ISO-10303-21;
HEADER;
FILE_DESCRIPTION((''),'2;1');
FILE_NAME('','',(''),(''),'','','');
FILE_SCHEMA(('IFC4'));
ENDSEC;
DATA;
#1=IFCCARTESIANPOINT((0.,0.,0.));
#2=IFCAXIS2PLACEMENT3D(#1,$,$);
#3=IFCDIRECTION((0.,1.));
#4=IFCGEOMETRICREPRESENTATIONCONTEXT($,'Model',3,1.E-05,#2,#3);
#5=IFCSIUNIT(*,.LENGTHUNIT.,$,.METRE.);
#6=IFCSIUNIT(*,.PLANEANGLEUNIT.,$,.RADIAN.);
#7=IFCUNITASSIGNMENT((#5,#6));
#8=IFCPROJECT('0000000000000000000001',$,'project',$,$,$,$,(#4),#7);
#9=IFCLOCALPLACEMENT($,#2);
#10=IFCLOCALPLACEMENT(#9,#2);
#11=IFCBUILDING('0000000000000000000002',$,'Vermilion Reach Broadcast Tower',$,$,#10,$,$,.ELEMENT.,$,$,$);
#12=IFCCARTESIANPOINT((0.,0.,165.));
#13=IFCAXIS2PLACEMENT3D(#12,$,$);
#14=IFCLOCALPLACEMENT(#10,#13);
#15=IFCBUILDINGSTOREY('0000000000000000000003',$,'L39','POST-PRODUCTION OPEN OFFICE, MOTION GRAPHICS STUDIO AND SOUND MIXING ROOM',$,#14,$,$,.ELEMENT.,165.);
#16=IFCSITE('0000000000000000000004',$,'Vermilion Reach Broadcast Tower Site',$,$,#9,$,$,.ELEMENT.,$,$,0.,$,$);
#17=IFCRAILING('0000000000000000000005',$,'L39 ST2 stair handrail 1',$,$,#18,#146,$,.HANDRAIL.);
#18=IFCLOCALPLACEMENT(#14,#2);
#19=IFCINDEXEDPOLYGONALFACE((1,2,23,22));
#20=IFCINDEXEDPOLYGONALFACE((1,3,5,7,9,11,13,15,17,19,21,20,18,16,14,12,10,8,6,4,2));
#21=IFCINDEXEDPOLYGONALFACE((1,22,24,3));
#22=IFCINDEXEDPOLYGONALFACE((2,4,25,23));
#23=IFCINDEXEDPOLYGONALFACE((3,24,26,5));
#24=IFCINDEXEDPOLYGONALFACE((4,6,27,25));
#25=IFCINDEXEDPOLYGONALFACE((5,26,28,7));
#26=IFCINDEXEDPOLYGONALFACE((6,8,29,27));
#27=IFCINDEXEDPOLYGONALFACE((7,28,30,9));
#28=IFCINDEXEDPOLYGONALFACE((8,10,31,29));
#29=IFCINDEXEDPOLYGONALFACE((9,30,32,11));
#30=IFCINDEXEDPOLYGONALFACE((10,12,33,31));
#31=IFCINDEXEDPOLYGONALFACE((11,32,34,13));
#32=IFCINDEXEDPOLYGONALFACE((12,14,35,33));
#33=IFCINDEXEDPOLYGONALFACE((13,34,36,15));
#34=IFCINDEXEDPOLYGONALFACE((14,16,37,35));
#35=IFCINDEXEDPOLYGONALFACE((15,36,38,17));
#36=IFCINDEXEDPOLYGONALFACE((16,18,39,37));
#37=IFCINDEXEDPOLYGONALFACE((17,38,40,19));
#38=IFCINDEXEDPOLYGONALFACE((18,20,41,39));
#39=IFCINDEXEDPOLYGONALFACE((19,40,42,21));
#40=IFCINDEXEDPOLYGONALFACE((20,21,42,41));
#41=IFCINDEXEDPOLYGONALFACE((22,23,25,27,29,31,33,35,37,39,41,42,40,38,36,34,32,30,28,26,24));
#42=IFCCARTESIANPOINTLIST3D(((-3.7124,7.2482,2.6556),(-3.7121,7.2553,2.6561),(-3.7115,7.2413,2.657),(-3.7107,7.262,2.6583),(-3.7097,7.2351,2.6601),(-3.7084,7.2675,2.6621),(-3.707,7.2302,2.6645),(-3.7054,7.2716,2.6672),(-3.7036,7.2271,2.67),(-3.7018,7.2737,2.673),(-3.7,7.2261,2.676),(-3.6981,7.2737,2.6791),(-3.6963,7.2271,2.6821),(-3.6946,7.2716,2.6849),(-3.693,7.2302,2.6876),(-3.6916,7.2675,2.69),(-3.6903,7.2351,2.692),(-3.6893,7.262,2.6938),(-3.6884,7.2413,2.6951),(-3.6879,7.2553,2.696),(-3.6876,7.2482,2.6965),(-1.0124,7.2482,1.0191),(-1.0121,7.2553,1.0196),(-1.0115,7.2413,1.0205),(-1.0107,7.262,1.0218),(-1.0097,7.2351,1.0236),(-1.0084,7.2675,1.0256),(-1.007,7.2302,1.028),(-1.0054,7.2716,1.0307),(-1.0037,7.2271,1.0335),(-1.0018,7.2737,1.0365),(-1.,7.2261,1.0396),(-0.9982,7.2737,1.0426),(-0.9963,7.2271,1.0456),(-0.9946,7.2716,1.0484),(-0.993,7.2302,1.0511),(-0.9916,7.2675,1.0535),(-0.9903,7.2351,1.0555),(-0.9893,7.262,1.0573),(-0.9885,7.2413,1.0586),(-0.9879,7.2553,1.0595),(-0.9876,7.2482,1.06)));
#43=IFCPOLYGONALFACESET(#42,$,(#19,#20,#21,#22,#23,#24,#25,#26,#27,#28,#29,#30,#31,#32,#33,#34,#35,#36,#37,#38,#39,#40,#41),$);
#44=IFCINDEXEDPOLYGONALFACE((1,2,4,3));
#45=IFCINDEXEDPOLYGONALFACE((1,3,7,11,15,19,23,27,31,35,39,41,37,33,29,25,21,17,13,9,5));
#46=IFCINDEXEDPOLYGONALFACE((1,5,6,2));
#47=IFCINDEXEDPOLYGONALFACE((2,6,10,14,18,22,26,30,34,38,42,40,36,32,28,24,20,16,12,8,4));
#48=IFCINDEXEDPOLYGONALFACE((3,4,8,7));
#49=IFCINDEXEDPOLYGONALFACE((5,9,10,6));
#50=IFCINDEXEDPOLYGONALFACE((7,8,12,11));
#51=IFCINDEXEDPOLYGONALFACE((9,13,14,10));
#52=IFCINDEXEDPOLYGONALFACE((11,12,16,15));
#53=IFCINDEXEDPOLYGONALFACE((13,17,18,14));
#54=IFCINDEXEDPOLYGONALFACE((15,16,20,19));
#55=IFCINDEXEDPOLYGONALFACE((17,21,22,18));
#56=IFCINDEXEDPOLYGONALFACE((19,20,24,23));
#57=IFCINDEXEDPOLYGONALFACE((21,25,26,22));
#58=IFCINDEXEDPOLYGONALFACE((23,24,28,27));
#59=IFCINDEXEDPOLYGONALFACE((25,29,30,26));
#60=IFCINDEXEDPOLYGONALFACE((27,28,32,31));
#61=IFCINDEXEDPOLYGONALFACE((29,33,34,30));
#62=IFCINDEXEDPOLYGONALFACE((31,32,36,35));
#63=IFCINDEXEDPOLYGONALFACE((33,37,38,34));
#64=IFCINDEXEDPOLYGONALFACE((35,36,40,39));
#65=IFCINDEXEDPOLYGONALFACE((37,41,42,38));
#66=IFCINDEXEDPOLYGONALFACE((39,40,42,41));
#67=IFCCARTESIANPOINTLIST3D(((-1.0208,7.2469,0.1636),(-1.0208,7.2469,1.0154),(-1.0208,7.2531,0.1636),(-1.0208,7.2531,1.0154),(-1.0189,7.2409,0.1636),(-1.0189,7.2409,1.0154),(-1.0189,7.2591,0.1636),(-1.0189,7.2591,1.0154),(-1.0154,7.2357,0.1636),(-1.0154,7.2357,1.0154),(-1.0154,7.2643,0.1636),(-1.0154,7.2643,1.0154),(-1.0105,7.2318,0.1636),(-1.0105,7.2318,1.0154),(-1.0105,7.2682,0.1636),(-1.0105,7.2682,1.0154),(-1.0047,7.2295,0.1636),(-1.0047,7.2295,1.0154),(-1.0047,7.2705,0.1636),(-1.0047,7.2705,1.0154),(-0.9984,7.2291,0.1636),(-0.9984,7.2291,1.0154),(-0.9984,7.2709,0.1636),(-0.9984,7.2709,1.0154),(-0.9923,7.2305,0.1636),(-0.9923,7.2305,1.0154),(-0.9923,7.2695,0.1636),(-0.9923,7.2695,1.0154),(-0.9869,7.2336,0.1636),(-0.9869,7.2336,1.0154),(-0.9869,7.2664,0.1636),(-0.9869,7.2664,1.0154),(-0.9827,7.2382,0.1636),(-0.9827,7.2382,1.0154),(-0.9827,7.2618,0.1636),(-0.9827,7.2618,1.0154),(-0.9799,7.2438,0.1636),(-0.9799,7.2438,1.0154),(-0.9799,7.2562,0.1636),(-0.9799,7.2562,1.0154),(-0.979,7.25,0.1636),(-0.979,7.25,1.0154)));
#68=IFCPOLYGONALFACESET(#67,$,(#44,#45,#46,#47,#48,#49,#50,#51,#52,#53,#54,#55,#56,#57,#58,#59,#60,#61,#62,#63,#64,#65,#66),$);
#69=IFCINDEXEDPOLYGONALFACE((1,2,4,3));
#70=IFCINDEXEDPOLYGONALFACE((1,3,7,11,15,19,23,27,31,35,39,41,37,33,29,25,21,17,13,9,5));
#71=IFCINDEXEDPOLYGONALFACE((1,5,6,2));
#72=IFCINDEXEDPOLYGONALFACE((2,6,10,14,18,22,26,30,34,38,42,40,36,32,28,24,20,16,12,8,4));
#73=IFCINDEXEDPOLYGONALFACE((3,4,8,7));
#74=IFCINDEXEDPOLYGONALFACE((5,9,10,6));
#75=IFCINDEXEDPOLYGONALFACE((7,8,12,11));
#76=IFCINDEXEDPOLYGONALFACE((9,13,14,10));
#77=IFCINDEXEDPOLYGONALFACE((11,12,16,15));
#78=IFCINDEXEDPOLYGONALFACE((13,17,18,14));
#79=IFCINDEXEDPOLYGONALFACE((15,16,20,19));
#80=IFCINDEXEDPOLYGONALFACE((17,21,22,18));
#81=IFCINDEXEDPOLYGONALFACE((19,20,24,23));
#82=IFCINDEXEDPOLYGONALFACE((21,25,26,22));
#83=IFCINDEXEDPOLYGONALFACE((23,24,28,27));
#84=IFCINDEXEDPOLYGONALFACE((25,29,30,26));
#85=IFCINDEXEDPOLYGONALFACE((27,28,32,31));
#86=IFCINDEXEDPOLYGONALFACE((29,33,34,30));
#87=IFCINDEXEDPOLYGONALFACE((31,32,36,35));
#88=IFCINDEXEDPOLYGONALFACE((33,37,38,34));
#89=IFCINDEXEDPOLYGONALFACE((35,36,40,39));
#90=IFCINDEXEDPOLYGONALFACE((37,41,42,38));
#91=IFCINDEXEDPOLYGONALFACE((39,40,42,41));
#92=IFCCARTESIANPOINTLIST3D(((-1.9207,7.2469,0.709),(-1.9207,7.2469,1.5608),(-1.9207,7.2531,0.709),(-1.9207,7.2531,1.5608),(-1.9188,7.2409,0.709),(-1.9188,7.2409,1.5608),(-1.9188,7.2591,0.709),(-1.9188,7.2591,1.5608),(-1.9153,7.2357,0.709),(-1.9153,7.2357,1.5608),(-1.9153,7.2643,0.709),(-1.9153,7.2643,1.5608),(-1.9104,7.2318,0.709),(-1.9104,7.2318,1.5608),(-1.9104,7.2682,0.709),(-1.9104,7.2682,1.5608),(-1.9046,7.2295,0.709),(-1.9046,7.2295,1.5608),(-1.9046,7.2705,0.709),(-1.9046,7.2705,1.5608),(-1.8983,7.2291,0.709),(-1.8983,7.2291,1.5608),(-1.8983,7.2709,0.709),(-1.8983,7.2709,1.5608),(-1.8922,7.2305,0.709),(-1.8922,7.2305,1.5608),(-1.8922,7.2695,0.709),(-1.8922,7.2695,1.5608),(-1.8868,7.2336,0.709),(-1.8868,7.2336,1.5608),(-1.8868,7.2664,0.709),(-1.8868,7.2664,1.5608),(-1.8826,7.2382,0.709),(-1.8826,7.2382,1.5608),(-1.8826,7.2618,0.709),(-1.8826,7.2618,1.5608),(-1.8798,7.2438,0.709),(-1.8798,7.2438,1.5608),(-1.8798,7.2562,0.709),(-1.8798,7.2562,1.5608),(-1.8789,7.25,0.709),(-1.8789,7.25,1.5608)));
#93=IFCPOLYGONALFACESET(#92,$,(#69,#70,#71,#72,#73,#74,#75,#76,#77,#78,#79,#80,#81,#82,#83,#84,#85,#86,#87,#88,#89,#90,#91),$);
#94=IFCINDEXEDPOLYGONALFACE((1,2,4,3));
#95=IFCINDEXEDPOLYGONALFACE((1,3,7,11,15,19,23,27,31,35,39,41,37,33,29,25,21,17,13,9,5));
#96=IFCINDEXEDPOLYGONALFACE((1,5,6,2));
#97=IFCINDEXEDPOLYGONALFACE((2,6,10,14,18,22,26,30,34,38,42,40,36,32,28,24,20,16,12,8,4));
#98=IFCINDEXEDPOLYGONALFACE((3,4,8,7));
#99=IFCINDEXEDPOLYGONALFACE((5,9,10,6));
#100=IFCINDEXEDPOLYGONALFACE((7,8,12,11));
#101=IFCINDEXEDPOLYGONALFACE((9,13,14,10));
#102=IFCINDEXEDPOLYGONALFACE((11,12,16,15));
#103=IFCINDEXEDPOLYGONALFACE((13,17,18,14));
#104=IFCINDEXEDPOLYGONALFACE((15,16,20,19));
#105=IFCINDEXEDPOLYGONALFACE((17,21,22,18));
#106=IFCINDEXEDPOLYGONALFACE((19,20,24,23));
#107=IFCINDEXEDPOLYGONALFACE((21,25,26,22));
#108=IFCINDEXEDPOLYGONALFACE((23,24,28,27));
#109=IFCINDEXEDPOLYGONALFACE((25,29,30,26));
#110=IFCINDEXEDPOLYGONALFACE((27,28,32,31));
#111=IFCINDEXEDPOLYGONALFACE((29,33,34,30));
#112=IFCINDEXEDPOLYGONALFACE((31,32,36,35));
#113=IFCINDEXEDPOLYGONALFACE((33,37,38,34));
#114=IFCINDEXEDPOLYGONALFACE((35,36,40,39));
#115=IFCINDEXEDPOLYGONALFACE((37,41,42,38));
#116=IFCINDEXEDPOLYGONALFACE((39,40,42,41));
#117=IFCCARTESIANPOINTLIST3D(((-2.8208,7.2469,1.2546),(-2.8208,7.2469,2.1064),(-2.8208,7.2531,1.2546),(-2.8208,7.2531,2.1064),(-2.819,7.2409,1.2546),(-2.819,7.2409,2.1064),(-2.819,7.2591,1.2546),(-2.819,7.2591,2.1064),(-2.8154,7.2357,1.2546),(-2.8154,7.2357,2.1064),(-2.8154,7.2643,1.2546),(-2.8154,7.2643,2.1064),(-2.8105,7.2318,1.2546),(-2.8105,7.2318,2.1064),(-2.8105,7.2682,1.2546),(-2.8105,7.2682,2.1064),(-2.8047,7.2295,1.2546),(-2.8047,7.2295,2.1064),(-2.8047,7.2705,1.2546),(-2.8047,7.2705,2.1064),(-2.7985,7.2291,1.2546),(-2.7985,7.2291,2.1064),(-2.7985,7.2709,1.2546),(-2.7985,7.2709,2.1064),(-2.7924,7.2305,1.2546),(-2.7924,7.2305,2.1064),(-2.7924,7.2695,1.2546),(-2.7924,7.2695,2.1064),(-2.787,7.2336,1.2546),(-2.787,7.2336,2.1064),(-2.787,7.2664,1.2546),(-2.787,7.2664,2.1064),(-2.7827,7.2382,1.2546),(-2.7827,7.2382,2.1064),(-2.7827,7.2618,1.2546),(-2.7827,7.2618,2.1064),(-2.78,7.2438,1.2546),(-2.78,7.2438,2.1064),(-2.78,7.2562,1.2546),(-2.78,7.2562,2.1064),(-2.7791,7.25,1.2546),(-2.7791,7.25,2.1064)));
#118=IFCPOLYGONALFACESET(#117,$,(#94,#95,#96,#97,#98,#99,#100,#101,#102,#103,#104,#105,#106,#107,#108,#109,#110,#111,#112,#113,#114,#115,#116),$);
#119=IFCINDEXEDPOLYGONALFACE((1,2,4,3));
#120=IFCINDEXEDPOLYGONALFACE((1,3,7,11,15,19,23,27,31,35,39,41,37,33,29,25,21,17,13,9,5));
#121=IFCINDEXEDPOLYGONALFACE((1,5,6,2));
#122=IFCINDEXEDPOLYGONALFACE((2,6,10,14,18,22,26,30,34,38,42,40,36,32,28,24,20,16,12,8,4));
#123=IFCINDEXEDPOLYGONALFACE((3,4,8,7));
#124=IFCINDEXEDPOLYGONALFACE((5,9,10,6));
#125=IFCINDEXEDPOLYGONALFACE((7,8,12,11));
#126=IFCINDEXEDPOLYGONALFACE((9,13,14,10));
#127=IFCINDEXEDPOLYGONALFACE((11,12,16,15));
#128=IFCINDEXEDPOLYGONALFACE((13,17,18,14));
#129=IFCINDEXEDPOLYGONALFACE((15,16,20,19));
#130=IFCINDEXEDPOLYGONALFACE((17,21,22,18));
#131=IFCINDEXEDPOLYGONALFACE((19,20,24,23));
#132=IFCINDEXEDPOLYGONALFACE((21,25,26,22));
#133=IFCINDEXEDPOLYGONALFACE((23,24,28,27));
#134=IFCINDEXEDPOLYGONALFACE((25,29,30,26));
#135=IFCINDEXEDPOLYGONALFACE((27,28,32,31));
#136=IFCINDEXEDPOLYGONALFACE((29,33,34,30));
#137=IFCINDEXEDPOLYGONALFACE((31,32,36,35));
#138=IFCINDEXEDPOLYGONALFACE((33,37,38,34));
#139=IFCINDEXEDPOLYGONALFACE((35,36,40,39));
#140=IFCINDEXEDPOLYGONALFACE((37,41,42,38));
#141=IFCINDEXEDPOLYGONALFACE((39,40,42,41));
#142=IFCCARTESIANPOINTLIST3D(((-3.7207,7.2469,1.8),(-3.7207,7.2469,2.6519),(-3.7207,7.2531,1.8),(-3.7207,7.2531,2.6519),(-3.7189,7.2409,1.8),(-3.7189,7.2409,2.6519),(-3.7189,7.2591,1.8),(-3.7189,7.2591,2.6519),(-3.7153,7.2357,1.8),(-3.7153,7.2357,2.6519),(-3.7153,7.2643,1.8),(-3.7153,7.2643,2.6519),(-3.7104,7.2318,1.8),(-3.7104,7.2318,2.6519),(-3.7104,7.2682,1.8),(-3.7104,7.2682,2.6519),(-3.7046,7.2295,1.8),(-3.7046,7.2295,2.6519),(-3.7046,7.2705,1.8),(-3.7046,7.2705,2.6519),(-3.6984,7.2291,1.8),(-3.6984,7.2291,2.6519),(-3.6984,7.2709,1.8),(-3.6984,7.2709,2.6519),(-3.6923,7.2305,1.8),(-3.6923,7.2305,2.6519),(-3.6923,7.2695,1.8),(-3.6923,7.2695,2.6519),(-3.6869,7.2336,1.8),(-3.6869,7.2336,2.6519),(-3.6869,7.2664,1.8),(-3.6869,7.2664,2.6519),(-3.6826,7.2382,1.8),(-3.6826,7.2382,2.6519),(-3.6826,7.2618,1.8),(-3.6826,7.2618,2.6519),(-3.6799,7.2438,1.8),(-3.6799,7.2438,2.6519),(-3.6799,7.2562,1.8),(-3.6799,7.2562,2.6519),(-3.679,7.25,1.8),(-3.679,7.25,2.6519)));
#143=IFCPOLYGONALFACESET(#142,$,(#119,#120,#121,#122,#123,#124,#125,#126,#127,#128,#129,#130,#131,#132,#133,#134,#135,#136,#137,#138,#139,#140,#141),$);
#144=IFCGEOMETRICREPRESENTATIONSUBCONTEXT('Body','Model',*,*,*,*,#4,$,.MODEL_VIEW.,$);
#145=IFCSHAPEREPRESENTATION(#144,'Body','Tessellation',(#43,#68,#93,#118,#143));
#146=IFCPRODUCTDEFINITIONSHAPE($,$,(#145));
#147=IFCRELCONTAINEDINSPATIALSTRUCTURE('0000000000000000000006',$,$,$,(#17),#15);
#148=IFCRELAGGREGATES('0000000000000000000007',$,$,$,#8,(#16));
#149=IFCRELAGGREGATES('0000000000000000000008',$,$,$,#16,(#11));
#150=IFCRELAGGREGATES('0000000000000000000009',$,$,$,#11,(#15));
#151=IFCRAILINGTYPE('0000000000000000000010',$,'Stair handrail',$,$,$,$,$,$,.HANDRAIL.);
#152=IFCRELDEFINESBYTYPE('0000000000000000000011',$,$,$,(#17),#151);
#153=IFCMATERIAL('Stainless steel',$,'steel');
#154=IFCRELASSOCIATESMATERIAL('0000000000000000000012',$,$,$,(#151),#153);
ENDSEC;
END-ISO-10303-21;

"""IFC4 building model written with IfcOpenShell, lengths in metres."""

from ifc_helpers import new_model, si_unit, direction, frame, origin, origin_2d, place, context, subcontext, project, spatial, circle, extrude, material, type_object, element, save


model = new_model("IFC4")

# Units and contexts
model_context = context("Model", 3, precision=1e-05, world=origin(), true_north=direction((0.0, 1.0)))
body_context = subcontext(model_context, "Body", "Model", "MODEL_VIEW")
ifc_project = project(units=[si_unit("LENGTHUNIT", "METRE"), si_unit("PLANEANGLEUNIT", "RADIAN")], contexts=[model_context])

# Site, building, storey
site_placement = place(None, origin())
site = spatial("IfcSite", under=ifc_project, at=site_placement, Name="Vermilion Reach Broadcast Tower Site", CompositionType="ELEMENT", RefElevation=0.0)
building_placement = place(site_placement, origin())
building = spatial("IfcBuilding", under=site, at=building_placement, Name="Vermilion Reach Broadcast Tower", CompositionType="ELEMENT")
storey_placement = place(building_placement, frame((0.0, 0.0, 165.0)))
storey = spatial("IfcBuildingStorey", under=building, at=storey_placement, Name="L39", Description="POST-PRODUCTION OPEN OFFICE, MOTION GRAPHICS STUDIO AND SOUND MIXING ROOM", CompositionType="ELEMENT", Elevation=165.0)

# Railing
ifc_material_1 = material(Name="Stainless steel", Category="steel")
railing_type_1 = type_object("IfcRailingType", Name="Stair handrail", PredefinedType="HANDRAIL", material=ifc_material_1)
railing_1_placement = place(storey_placement, frame((-1.0, 7.25, 0.1636)))
element("IfcRailing", 1, at=railing_1_placement, inside=storey, type_object=railing_type_1, Name="L39 ST2 stair handrail 1", PredefinedType="HANDRAIL", context=body_context, shape_type="SweptSolid", body=[
    extrude(circle(Radius=0.0239, at=origin_2d()), frame((0.0, 0.0, 0.876), z_axis=(-0.855178, 0.0, 0.518334), x_axis=(0.0, -1.0, 0.0)), (0.0, 0.0, 1.0), 3.1572),
    extrude(circle(Radius=0.021, at=origin_2d()), origin(), (0.0, 0.0, 1.0), 0.8518),
    extrude(circle(Radius=0.021, at=origin_2d()), frame((-0.8999, 0.0, 0.5454)), (0.0, 0.0, 1.0), 0.8518),
    extrude(circle(Radius=0.021, at=origin_2d()), frame((-1.8, 0.0, 1.0911)), (0.0, 0.0, 1.0), 0.8518),
    extrude(circle(Radius=0.021, at=origin_2d()), frame((-2.7, 0.0, 1.6365)), (0.0, 0.0, 1.0), 0.8518),
])

save(model, "model.ifc")
